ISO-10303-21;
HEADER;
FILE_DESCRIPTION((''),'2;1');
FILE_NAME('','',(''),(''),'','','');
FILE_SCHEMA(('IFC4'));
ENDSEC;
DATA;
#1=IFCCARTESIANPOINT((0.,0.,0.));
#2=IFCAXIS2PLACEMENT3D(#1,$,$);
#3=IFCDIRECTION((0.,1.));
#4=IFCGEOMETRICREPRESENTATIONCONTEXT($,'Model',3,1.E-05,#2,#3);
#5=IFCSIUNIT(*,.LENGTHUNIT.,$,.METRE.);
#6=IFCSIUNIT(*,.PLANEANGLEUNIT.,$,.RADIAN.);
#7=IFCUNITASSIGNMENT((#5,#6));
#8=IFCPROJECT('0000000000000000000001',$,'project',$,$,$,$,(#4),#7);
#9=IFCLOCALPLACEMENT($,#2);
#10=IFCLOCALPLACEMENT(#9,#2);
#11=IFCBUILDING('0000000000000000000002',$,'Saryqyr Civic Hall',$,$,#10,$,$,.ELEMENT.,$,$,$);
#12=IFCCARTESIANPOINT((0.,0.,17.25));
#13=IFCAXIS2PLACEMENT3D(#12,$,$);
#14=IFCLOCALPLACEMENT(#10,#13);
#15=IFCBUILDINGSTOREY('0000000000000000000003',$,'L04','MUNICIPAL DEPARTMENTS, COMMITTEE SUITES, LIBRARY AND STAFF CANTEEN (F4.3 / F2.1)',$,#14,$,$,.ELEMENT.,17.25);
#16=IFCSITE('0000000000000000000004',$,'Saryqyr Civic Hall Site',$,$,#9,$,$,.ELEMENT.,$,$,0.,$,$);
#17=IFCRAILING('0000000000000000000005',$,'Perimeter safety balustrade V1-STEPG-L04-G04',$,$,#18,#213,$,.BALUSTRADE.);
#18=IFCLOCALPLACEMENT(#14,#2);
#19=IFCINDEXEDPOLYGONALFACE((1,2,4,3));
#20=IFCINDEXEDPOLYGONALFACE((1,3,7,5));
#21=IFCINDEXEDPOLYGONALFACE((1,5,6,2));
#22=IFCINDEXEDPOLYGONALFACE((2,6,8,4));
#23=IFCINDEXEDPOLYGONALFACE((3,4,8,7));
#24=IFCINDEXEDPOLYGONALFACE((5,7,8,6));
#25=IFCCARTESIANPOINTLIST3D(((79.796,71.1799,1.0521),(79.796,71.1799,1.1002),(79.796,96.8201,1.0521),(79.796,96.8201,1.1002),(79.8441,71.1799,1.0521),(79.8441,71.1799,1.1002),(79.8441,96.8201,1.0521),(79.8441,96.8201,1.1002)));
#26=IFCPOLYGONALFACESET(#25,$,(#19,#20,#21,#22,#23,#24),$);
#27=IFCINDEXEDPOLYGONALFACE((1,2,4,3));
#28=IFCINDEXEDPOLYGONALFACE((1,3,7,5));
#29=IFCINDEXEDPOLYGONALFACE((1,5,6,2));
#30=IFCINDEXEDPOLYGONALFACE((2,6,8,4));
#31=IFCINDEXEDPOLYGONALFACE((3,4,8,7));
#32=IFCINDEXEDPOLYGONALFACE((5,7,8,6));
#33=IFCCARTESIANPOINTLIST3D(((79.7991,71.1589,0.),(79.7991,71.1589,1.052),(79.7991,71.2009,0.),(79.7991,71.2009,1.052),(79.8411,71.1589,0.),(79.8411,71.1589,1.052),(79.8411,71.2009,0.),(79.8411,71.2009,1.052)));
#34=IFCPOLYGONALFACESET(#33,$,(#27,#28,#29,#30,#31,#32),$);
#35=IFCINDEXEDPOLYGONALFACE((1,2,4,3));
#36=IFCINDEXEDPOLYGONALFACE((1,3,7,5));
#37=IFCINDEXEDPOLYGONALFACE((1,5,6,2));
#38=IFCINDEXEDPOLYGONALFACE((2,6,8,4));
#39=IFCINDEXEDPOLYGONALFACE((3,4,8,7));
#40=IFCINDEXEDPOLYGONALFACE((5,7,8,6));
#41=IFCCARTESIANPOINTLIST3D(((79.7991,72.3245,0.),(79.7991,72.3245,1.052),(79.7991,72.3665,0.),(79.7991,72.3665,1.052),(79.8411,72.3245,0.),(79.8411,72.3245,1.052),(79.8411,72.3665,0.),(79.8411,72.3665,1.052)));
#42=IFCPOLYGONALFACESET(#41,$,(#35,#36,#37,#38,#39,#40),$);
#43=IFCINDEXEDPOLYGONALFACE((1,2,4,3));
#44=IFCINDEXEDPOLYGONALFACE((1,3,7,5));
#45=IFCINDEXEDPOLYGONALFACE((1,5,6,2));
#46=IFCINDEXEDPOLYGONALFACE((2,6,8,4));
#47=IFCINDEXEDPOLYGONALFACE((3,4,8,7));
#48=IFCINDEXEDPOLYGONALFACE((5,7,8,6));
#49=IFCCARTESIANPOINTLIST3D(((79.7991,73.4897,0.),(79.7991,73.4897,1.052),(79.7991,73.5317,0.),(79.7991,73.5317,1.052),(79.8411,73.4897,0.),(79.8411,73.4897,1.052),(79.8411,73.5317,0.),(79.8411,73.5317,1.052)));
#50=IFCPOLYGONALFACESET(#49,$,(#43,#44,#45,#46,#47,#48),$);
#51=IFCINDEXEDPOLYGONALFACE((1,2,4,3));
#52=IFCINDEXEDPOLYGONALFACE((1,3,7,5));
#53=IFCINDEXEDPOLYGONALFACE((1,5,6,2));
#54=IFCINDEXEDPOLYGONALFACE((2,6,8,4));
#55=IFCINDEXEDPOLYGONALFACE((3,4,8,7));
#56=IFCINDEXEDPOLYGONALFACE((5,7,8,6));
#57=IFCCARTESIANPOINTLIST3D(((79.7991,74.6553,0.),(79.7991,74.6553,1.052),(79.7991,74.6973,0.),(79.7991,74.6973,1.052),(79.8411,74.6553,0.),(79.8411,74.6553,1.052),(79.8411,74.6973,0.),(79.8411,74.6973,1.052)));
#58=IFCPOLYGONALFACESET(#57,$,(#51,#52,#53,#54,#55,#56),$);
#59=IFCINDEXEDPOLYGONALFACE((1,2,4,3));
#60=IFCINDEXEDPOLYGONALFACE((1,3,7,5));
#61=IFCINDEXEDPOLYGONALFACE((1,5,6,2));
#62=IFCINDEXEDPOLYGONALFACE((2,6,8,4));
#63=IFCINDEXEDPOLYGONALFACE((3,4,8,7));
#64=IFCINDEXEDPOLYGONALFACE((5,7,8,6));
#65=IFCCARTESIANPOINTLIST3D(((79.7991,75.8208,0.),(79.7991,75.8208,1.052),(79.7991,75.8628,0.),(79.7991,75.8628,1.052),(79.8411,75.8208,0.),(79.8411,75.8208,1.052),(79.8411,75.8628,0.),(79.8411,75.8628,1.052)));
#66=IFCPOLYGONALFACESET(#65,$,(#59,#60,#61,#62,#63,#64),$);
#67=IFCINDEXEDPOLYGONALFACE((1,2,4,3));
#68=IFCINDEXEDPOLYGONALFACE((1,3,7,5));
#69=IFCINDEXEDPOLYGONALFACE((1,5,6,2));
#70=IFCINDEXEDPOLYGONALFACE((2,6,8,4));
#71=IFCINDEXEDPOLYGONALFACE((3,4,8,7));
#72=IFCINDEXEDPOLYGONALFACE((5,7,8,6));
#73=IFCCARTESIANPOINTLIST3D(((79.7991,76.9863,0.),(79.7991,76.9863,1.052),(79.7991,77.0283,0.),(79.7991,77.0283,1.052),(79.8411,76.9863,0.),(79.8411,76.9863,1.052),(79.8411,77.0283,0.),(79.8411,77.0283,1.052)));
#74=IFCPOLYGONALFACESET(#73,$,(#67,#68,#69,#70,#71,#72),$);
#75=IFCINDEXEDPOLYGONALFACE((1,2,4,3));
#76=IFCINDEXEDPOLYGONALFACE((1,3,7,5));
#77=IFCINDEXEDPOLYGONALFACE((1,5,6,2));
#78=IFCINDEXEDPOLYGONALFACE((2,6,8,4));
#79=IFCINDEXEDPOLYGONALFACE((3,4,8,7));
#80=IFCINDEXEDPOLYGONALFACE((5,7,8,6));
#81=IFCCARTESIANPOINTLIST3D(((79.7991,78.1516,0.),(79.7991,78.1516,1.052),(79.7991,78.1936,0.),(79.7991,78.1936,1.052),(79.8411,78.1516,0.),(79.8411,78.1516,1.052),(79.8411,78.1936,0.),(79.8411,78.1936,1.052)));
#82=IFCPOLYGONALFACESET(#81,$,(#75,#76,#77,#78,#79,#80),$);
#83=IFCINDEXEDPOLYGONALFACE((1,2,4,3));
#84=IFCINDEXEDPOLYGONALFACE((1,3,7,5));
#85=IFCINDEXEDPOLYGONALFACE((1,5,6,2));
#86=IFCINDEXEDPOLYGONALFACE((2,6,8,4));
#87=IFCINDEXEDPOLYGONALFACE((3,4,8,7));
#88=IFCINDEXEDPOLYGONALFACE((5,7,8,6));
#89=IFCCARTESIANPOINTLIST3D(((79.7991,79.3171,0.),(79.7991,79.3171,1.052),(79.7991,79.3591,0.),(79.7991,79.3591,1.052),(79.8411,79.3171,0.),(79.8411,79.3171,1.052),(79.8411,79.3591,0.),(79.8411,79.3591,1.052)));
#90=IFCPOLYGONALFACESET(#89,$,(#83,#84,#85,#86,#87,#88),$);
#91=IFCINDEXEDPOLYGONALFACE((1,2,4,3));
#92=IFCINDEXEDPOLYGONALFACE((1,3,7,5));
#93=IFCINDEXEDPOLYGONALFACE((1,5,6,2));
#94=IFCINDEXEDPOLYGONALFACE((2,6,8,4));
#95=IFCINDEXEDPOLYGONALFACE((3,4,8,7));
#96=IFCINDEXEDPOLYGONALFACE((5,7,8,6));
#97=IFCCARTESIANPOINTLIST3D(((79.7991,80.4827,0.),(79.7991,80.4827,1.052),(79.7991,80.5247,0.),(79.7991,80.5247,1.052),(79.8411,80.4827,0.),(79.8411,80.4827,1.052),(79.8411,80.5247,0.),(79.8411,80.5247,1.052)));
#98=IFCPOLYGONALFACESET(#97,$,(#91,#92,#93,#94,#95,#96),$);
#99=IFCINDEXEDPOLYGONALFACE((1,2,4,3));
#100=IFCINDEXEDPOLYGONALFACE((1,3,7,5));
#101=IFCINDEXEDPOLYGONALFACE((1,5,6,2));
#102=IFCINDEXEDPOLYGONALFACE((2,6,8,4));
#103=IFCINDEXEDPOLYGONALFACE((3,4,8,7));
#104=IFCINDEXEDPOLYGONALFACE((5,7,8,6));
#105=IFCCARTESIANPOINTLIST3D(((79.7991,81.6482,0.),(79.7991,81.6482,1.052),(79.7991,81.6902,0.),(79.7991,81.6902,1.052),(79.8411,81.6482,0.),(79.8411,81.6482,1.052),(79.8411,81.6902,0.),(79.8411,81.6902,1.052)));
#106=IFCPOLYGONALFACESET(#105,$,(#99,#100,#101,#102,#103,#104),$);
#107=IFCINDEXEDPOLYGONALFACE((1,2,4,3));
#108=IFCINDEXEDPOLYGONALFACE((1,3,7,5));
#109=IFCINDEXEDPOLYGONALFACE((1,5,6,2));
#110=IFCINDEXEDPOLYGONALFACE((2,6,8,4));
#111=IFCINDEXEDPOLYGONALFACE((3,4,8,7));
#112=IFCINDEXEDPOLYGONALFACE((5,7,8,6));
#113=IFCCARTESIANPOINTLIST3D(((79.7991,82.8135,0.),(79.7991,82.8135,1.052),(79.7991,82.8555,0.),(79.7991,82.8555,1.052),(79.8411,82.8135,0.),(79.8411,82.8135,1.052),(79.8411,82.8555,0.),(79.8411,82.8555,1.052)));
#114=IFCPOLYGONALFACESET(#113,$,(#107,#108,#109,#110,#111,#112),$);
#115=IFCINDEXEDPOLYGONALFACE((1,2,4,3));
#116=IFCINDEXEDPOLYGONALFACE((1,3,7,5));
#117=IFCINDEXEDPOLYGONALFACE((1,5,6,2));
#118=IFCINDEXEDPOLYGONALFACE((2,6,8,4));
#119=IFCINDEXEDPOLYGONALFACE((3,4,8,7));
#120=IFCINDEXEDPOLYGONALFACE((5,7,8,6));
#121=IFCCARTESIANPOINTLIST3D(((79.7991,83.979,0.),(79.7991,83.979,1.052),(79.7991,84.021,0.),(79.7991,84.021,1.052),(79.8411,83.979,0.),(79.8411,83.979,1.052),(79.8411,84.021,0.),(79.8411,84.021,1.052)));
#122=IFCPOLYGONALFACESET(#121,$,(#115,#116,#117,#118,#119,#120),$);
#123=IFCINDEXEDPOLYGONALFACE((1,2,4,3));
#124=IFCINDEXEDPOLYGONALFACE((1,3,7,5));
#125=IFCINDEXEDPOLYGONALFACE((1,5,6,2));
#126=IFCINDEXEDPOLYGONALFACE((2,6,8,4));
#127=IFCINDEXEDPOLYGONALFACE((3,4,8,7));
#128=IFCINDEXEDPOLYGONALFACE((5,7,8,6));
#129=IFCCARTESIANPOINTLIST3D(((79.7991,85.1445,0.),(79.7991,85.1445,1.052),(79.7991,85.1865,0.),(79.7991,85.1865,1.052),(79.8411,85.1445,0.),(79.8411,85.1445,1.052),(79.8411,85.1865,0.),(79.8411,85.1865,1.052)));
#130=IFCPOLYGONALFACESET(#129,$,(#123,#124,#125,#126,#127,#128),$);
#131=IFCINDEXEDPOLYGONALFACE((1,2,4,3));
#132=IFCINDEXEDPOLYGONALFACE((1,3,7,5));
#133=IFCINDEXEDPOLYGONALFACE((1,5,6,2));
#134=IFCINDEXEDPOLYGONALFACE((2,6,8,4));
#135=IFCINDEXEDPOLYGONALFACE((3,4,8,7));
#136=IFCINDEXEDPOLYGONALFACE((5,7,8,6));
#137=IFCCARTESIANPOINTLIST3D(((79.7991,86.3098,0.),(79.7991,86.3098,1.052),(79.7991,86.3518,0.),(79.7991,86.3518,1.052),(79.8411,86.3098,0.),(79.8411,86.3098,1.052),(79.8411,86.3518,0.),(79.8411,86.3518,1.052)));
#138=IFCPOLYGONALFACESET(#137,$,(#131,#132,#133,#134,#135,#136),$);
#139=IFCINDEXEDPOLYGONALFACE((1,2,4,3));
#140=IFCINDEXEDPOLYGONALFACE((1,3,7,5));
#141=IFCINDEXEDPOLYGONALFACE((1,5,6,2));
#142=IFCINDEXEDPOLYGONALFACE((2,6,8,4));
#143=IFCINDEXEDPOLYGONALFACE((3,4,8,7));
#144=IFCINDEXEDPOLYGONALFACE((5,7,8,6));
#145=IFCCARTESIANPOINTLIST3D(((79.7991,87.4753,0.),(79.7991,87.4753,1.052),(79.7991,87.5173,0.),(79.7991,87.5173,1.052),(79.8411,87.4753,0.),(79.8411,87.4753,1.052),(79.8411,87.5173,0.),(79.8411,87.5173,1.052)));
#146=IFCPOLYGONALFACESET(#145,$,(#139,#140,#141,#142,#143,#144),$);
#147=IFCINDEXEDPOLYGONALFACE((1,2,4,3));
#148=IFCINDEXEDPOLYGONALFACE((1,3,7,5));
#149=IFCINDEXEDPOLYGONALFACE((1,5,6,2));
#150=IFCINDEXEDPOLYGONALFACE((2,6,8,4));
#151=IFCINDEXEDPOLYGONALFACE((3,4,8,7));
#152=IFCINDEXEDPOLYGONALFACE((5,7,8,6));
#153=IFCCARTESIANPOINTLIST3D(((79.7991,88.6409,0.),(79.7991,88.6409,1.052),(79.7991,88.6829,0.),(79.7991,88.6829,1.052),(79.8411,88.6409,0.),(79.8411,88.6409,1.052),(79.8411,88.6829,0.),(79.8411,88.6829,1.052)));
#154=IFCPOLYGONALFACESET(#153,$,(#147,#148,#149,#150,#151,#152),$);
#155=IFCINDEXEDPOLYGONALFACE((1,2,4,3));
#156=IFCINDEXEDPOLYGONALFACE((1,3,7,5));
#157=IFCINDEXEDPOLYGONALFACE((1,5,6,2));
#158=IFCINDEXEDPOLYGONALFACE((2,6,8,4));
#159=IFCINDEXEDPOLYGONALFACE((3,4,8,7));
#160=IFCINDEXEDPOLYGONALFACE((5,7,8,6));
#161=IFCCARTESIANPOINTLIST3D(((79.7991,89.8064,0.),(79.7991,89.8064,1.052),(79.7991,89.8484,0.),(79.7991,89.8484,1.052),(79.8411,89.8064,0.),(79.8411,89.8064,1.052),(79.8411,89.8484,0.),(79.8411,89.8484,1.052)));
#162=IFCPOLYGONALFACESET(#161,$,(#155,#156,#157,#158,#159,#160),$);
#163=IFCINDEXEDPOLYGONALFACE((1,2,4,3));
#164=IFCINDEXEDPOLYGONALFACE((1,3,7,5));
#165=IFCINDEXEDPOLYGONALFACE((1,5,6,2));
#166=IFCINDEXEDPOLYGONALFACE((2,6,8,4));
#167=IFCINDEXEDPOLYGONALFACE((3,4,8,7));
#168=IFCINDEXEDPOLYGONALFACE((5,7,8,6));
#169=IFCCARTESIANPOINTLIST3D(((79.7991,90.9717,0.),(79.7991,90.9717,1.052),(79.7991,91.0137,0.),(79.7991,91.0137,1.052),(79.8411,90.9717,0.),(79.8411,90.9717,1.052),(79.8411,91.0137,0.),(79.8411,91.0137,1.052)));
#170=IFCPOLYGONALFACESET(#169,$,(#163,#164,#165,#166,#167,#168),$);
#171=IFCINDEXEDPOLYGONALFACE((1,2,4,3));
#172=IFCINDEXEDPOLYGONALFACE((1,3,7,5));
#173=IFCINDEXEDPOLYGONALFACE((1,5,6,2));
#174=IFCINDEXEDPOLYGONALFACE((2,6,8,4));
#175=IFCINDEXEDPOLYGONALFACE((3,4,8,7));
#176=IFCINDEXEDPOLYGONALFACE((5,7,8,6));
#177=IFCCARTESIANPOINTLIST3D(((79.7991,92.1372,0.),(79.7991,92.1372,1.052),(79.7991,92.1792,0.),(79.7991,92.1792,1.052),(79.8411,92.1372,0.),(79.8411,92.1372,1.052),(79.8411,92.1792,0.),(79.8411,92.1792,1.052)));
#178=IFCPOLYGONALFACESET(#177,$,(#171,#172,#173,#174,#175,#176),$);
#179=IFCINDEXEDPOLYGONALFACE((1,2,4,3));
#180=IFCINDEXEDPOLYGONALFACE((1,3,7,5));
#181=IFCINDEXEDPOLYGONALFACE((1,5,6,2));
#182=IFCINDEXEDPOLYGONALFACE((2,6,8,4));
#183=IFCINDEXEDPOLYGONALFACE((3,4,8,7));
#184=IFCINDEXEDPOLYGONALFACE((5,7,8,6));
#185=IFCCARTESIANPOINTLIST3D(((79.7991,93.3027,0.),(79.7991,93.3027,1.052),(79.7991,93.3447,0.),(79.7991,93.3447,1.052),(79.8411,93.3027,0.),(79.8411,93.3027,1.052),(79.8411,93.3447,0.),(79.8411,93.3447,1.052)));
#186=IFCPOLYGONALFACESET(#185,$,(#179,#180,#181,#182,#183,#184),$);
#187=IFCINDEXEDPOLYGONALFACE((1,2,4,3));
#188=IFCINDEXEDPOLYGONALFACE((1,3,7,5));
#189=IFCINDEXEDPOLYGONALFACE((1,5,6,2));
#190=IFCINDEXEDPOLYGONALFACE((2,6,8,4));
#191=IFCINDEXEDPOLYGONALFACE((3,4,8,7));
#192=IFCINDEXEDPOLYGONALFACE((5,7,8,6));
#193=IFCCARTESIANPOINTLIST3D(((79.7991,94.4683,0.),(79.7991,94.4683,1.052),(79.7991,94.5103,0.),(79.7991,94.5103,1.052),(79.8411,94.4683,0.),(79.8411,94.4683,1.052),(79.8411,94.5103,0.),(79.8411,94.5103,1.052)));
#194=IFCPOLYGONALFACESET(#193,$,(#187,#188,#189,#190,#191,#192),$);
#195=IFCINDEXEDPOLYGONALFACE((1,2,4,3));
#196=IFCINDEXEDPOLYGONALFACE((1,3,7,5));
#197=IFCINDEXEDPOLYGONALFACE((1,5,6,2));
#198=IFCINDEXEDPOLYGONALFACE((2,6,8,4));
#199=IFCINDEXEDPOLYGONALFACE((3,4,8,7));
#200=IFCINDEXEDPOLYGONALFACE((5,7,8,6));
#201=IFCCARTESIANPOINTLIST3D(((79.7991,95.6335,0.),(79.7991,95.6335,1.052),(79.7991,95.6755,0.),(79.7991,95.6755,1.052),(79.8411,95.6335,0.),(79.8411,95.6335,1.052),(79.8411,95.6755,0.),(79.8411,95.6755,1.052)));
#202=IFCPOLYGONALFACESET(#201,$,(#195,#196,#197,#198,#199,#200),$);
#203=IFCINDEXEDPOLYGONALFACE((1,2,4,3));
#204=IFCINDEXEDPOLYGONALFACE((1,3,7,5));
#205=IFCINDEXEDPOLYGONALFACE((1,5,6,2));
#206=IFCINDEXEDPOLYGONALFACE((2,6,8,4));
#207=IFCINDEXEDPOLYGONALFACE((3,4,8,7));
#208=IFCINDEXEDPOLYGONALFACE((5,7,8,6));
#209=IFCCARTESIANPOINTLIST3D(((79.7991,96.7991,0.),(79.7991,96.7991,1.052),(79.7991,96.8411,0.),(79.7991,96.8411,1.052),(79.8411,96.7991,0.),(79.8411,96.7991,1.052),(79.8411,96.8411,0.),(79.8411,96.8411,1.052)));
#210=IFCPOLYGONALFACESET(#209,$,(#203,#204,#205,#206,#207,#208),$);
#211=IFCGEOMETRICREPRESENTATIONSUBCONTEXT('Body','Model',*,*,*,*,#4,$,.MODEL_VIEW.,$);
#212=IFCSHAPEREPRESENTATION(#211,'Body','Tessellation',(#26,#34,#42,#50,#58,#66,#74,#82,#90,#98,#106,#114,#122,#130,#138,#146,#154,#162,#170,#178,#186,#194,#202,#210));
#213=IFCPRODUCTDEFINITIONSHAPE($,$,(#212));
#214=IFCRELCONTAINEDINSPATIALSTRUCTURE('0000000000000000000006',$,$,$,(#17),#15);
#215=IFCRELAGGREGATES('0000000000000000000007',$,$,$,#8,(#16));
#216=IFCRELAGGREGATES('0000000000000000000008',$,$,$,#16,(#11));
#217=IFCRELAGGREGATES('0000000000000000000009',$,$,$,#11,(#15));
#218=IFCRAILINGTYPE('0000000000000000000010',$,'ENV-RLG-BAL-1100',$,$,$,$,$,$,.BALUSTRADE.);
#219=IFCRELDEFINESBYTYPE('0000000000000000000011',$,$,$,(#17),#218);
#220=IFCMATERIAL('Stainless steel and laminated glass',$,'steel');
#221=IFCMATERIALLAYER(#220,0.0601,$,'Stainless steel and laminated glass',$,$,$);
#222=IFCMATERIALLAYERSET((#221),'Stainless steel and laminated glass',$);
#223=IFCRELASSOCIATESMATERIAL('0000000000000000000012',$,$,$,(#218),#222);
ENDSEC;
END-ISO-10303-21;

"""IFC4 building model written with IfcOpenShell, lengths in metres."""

from ifc_helpers import new_model, si_unit, direction, frame, origin, origin_2d, place, context, subcontext, project, spatial, rectangle, extrude, material, layer, layer_set, type_object, element, save


model = new_model("IFC4")

# Units and contexts
model_context = context("Model", 3, precision=1e-05, world=origin(), true_north=direction((0.0, 1.0)))
body_context = subcontext(model_context, "Body", "Model", "MODEL_VIEW")
ifc_project = project(units=[si_unit("LENGTHUNIT", "METRE"), si_unit("PLANEANGLEUNIT", "RADIAN")], contexts=[model_context])

# Site, building, storey
site_placement = place(None, origin())
site = spatial("IfcSite", under=ifc_project, at=site_placement, Name="Saryqyr Civic Hall Site", CompositionType="ELEMENT", RefElevation=0.0)
building_placement = place(site_placement, origin())
building = spatial("IfcBuilding", under=site, at=building_placement, Name="Saryqyr Civic Hall", CompositionType="ELEMENT")
storey_placement = place(building_placement, frame((0.0, 0.0, 17.25)))
storey = spatial("IfcBuildingStorey", under=building, at=storey_placement, Name="L04", Description="MUNICIPAL DEPARTMENTS, COMMITTEE SUITES, LIBRARY AND STAFF CANTEEN (F4.3 / F2.1)", CompositionType="ELEMENT", Elevation=17.25)

# Railing
ifc_material_1 = material(Name="Stainless steel and laminated glass", Category="steel")
ifc_layer_1 = layer(ifc_material_1, 0.0601, Name="Stainless steel and laminated glass")
ifc_layer_set_1 = layer_set([ifc_layer_1], Name="Stainless steel and laminated glass")
railing_type_1 = type_object("IfcRailingType", Name="ENV-RLG-BAL-1100", PredefinedType="BALUSTRADE", material=ifc_layer_set_1)
railing_1_placement = place(storey_placement, frame((79.8201, 71.1799, 0.0)))
element("IfcRailing", 1, at=railing_1_placement, inside=storey, type_object=railing_type_1, Name="Perimeter safety balustrade V1-STEPG-L04-G04", PredefinedType="BALUSTRADE", context=body_context, shape_type="SweptSolid", body=[
    extrude(rectangle(XDim=0.0481, YDim=0.0481, at=origin_2d()), frame((0.0, 0.0, 1.0762), z_axis=(0.0, 1.0, 0.0), x_axis=(-1.0, 0.0, 0.0)), (0.0, 0.0, 1.0), 25.6401),
    extrude(rectangle(XDim=0.042, YDim=0.042, at=origin_2d()), origin(), (0.0, 0.0, 1.0), 1.052),
    extrude(rectangle(XDim=0.042, YDim=0.042, at=origin_2d()), frame((0.0, 1.1655, 0.0)), (0.0, 0.0, 1.0), 1.052),
    extrude(rectangle(XDim=0.042, YDim=0.042, at=origin_2d()), frame((0.0, 2.3308, 0.0)), (0.0, 0.0, 1.0), 1.052),
    extrude(rectangle(XDim=0.042, YDim=0.042, at=origin_2d()), frame((0.0, 3.4963, 0.0)), (0.0, 0.0, 1.0), 1.052),
    extrude(rectangle(XDim=0.042, YDim=0.042, at=origin_2d()), frame((0.0, 4.6619, 0.0)), (0.0, 0.0, 1.0), 1.052),
    extrude(rectangle(XDim=0.042, YDim=0.042, at=origin_2d()), frame((0.0, 5.8274, 0.0)), (0.0, 0.0, 1.0), 1.052),
    extrude(rectangle(XDim=0.042, YDim=0.042, at=origin_2d()), frame((0.0, 6.9927, 0.0)), (0.0, 0.0, 1.0), 1.052),
    extrude(rectangle(XDim=0.042, YDim=0.042, at=origin_2d()), frame((0.0, 8.1582, 0.0)), (0.0, 0.0, 1.0), 1.052),
    extrude(rectangle(XDim=0.042, YDim=0.042, at=origin_2d()), frame((0.0, 9.3237, 0.0)), (0.0, 0.0, 1.0), 1.052),
    extrude(rectangle(XDim=0.042, YDim=0.042, at=origin_2d()), frame((0.0, 10.4893, 0.0)), (0.0, 0.0, 1.0), 1.052),
    extrude(rectangle(XDim=0.042, YDim=0.042, at=origin_2d()), frame((0.0, 11.6545, 0.0)), (0.0, 0.0, 1.0), 1.052),
    extrude(rectangle(XDim=0.042, YDim=0.042, at=origin_2d()), frame((0.0, 12.8201, 0.0)), (0.0, 0.0, 1.0), 1.052),
    extrude(rectangle(XDim=0.042, YDim=0.042, at=origin_2d()), frame((0.0, 13.9856, 0.0)), (0.0, 0.0, 1.0), 1.052),
    extrude(rectangle(XDim=0.042, YDim=0.042, at=origin_2d()), frame((0.0, 15.1509, 0.0)), (0.0, 0.0, 1.0), 1.052),
    extrude(rectangle(XDim=0.042, YDim=0.042, at=origin_2d()), frame((0.0, 16.3164, 0.0)), (0.0, 0.0, 1.0), 1.052),
    extrude(rectangle(XDim=0.042, YDim=0.042, at=origin_2d()), frame((0.0, 17.4819, 0.0)), (0.0, 0.0, 1.0), 1.052),
    extrude(rectangle(XDim=0.042, YDim=0.042, at=origin_2d()), frame((0.0, 18.6475, 0.0)), (0.0, 0.0, 1.0), 1.052),
    extrude(rectangle(XDim=0.042, YDim=0.042, at=origin_2d()), frame((0.0, 19.8127, 0.0)), (0.0, 0.0, 1.0), 1.052),
    extrude(rectangle(XDim=0.042, YDim=0.042, at=origin_2d()), frame((0.0, 20.9783, 0.0)), (0.0, 0.0, 1.0), 1.052),
    extrude(rectangle(XDim=0.042, YDim=0.042, at=origin_2d()), frame((0.0, 22.1438, 0.0)), (0.0, 0.0, 1.0), 1.052),
    extrude(rectangle(XDim=0.042, YDim=0.042, at=origin_2d()), frame((0.0, 23.3093, 0.0)), (0.0, 0.0, 1.0), 1.052),
    extrude(rectangle(XDim=0.042, YDim=0.042, at=origin_2d()), frame((0.0, 24.4746, 0.0)), (0.0, 0.0, 1.0), 1.052),
    extrude(rectangle(XDim=0.042, YDim=0.042, at=origin_2d()), frame((0.0, 25.6401, 0.0)), (0.0, 0.0, 1.0), 1.052),
])

save(model, "model.ifc")
